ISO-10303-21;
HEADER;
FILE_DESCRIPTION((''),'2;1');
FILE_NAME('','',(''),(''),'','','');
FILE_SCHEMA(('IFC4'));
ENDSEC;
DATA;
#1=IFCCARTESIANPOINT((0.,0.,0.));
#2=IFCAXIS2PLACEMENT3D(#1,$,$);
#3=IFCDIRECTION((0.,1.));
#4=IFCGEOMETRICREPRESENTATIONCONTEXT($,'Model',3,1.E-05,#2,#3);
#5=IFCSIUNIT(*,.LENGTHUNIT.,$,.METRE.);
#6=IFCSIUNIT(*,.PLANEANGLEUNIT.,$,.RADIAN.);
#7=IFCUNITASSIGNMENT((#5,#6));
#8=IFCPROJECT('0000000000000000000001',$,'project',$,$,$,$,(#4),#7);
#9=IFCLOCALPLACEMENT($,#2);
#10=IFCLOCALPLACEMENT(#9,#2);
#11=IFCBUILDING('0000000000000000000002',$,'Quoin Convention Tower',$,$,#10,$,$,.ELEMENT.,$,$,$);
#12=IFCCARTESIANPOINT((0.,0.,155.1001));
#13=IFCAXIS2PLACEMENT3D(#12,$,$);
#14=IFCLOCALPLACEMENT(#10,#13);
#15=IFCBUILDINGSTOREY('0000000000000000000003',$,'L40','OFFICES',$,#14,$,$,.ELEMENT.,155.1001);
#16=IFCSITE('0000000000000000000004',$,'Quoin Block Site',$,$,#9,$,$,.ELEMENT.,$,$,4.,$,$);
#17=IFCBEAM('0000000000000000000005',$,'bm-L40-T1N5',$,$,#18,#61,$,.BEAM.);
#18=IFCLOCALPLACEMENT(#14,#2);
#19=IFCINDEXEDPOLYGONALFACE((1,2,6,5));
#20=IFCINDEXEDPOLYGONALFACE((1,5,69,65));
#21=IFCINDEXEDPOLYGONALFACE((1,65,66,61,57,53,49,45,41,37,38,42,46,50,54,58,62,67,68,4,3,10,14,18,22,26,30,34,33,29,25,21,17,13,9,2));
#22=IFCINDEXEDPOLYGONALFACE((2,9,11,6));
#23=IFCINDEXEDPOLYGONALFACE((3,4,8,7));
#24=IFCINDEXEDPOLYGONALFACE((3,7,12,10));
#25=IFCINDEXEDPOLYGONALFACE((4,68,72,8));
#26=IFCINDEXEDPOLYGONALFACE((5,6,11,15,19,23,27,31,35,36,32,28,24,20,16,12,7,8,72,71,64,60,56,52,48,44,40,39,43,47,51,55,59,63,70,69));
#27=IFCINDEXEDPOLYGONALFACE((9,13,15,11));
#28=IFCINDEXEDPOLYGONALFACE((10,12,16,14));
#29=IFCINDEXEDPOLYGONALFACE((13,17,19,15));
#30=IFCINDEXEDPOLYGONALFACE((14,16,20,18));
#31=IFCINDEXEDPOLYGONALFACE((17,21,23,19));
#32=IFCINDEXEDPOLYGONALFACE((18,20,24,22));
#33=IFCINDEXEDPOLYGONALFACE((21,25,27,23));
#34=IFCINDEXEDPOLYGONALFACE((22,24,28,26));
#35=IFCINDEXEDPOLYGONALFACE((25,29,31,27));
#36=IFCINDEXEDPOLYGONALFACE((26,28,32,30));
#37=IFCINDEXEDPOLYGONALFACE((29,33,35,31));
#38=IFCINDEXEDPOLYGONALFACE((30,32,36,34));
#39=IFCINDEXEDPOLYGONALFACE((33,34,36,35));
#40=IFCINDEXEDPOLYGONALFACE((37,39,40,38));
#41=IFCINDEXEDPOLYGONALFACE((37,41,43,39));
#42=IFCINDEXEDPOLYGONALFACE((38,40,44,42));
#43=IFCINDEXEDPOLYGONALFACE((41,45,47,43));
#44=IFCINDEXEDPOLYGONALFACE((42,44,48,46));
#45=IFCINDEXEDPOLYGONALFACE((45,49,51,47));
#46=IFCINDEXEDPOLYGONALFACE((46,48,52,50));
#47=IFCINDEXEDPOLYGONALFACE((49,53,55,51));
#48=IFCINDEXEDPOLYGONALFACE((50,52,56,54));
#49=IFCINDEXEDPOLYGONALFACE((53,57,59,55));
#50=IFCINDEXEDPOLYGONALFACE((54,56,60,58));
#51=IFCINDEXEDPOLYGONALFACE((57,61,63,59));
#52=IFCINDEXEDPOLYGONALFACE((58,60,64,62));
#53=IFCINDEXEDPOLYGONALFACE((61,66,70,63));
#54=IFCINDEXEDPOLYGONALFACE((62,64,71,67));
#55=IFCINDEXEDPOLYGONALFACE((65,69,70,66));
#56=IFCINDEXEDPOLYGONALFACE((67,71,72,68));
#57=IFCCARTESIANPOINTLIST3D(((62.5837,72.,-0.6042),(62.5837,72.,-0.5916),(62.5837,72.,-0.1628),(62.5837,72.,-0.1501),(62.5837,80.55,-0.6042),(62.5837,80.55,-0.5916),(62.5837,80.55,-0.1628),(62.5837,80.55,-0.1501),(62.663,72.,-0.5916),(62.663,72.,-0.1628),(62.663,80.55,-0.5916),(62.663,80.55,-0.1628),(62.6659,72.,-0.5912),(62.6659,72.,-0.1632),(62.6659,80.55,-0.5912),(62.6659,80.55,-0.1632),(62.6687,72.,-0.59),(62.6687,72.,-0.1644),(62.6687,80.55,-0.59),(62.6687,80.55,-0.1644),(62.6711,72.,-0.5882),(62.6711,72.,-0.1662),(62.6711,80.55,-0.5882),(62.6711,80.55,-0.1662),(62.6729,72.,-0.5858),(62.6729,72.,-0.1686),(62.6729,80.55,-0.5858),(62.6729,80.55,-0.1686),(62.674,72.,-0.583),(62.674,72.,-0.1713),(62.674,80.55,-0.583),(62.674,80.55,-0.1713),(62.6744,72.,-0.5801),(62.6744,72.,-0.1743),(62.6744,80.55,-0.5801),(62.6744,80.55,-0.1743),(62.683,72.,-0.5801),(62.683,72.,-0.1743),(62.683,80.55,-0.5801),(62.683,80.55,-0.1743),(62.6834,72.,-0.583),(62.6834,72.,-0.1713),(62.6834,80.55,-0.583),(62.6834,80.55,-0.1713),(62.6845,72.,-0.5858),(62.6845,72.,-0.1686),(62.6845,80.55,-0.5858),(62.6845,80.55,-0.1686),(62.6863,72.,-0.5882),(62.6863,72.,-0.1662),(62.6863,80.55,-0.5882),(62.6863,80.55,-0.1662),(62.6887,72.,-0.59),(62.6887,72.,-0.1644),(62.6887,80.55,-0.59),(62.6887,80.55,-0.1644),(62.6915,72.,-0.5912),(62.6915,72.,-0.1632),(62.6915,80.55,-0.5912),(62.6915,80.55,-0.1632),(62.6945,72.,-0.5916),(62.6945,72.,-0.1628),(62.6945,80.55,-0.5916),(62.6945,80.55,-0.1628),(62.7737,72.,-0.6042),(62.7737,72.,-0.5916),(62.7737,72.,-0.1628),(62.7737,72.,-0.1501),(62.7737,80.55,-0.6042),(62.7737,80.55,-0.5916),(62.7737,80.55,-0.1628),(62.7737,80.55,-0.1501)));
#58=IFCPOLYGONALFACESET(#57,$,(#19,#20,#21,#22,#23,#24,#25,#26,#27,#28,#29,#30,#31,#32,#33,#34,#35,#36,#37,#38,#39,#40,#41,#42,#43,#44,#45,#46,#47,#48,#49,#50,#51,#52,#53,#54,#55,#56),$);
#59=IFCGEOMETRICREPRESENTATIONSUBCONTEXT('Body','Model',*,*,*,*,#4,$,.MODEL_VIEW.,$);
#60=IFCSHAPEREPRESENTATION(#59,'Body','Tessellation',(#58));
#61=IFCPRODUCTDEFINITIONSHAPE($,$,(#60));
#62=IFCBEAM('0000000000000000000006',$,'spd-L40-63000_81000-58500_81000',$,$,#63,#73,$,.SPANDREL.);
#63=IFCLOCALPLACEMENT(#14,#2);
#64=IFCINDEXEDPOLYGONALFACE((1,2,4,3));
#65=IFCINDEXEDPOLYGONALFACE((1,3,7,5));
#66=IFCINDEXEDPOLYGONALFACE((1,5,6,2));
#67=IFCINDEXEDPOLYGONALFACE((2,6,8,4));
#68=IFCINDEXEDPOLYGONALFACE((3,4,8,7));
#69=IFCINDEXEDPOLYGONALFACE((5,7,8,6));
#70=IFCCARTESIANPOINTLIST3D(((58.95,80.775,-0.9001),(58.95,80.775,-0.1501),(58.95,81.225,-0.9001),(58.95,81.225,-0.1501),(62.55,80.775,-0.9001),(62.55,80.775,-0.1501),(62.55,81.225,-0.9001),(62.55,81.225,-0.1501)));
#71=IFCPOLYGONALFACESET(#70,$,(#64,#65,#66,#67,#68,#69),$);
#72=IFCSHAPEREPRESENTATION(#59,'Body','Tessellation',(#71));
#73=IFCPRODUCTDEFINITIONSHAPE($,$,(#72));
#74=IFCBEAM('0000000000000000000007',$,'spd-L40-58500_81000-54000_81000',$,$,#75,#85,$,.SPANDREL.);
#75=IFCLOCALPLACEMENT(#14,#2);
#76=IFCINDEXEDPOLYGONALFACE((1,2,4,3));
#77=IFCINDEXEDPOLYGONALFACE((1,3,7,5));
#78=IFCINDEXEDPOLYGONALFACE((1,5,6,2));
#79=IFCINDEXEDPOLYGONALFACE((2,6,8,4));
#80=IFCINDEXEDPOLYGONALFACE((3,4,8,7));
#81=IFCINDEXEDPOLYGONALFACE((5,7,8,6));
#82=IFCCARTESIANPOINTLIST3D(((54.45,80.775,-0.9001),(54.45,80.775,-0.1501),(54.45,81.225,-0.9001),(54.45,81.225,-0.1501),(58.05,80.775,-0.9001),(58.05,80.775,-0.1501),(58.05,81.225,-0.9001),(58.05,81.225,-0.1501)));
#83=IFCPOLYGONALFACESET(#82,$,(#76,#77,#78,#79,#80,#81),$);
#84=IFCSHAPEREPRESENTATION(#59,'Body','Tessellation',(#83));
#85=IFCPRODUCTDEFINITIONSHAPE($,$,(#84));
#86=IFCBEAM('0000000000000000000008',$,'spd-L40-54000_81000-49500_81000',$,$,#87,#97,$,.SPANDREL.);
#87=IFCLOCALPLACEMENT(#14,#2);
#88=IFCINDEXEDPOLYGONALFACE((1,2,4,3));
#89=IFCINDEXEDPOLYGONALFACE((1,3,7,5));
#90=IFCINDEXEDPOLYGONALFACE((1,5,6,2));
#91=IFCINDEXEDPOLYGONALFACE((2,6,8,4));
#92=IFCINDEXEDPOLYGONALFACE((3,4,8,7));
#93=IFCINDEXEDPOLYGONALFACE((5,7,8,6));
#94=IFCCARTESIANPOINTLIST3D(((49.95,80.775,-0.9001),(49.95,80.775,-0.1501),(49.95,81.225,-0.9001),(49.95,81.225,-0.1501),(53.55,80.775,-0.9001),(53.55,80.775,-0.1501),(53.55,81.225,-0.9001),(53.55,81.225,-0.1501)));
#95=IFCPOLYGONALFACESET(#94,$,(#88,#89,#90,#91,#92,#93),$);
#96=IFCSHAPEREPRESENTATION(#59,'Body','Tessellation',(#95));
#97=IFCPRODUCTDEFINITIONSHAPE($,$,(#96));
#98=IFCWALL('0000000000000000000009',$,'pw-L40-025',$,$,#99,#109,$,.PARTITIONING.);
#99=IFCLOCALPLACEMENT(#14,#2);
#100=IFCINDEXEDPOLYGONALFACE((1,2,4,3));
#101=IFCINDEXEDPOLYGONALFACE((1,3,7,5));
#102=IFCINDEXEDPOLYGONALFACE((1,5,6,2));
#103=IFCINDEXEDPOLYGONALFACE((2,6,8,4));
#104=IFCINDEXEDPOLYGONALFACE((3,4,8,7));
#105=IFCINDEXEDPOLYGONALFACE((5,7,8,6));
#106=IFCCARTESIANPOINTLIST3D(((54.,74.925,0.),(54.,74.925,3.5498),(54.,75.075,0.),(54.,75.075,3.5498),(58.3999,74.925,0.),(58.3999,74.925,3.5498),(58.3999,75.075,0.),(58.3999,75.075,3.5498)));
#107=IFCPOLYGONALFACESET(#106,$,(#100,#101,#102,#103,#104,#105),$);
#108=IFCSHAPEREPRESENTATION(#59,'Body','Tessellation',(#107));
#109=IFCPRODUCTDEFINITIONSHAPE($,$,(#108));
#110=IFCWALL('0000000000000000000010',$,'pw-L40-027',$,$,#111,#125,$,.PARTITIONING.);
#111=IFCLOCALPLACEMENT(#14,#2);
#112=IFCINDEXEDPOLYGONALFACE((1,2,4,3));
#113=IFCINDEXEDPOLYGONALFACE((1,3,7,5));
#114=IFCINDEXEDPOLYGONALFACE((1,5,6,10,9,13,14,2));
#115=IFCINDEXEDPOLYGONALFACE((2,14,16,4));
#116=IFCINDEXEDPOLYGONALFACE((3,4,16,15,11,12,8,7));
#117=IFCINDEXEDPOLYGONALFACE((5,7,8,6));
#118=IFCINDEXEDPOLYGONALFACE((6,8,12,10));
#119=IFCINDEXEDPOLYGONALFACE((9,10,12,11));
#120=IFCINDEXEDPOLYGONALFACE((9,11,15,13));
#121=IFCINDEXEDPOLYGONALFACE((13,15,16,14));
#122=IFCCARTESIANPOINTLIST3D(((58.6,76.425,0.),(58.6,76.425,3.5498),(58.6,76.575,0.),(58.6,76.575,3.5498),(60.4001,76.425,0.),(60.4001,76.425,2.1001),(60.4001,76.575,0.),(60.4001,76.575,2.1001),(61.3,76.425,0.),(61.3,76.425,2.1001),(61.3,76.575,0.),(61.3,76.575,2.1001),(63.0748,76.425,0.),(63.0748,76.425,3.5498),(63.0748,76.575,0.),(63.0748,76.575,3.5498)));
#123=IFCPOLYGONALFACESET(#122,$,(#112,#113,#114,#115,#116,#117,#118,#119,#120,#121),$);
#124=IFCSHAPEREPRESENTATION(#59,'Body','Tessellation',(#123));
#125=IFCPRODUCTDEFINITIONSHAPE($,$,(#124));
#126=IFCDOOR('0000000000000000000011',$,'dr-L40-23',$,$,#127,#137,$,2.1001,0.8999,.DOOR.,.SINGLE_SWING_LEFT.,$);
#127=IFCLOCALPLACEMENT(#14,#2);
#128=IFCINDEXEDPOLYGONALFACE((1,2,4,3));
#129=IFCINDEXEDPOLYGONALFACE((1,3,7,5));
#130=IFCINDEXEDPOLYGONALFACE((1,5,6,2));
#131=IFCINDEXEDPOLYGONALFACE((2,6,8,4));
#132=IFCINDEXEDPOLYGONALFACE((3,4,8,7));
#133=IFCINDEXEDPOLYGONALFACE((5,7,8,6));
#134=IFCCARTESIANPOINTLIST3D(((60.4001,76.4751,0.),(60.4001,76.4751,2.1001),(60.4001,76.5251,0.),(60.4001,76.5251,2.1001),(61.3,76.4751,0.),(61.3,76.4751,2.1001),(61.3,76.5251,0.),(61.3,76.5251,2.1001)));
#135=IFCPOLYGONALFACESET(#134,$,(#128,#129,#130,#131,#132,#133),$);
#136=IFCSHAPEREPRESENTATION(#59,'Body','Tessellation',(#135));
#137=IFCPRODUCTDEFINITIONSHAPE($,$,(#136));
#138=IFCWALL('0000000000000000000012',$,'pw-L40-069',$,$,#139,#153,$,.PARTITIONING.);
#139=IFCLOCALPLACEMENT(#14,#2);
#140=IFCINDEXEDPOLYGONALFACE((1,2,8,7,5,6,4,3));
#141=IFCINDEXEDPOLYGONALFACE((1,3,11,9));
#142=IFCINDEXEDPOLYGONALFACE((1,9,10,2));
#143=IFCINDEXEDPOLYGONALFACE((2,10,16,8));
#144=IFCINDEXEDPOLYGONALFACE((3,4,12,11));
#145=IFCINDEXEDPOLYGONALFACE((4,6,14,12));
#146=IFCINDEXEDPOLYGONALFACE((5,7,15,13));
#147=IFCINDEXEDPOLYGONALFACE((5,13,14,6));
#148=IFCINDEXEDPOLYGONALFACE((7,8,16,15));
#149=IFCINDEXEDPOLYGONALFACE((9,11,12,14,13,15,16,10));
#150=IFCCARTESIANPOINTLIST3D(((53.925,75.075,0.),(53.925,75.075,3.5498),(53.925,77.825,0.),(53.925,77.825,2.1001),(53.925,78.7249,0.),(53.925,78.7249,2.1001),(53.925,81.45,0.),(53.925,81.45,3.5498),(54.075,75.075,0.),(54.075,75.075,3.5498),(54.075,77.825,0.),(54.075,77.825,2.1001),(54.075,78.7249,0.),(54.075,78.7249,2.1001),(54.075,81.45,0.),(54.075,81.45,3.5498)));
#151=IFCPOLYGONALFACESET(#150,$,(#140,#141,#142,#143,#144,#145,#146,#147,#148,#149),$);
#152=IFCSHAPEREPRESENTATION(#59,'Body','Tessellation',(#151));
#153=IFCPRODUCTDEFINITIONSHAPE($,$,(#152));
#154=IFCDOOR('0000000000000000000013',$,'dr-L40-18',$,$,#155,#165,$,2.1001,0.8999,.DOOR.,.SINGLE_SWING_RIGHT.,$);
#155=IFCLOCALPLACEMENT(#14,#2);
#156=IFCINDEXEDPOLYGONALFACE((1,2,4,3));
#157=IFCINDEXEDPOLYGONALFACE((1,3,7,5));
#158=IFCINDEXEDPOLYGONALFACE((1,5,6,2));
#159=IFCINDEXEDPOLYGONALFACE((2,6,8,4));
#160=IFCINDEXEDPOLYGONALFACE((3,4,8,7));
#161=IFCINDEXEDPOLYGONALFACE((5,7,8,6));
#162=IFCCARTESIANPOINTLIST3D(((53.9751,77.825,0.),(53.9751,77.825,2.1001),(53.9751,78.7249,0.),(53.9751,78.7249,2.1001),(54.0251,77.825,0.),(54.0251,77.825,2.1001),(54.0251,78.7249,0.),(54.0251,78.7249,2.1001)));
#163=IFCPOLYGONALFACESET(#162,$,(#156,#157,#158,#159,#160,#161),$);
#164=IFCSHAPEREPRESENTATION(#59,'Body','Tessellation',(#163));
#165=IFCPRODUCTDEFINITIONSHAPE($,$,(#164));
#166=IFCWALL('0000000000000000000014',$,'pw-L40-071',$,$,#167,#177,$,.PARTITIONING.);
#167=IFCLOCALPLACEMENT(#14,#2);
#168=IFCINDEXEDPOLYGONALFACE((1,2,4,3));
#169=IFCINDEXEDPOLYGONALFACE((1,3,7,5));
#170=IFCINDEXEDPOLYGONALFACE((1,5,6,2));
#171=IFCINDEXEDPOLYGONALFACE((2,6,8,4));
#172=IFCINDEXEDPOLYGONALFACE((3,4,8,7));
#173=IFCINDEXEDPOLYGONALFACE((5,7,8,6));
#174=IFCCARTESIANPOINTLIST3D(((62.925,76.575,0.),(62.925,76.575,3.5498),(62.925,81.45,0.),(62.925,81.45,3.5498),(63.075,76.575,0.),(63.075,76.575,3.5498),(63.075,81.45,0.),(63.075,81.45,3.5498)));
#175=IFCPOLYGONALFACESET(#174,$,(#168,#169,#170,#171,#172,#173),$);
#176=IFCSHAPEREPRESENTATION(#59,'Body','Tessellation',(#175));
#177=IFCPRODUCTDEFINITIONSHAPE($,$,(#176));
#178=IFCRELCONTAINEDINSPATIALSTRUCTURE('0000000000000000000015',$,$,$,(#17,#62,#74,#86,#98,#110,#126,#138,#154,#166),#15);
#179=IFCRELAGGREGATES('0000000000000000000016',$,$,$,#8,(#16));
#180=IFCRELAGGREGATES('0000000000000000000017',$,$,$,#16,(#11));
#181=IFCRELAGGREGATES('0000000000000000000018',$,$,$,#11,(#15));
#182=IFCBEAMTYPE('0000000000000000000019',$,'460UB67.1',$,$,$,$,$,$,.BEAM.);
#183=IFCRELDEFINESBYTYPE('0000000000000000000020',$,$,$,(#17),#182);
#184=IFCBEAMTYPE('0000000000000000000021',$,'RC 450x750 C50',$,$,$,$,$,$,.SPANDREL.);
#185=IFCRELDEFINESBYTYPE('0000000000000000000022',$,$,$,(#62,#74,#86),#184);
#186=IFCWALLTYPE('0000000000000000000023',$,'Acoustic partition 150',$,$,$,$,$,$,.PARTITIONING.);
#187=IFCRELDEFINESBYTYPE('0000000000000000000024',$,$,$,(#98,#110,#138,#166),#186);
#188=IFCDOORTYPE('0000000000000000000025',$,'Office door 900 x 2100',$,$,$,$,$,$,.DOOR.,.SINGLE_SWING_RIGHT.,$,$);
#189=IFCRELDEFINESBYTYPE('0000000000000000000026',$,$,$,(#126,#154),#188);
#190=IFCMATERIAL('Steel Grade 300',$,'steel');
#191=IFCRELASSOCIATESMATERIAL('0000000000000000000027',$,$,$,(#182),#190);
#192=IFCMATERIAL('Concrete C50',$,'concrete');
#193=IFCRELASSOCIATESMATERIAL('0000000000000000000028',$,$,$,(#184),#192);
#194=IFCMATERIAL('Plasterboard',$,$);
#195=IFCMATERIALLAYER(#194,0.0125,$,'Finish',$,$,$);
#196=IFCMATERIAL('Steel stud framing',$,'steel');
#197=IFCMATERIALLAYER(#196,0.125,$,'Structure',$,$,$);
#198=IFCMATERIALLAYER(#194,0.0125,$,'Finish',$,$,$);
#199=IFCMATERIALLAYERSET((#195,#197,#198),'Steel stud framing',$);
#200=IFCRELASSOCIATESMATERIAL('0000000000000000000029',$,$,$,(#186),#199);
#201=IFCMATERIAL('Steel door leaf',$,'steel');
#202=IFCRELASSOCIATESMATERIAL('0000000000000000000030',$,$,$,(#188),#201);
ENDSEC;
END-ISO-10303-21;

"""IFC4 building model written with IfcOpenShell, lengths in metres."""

from ifc_helpers import new_model, si_unit, direction, frame, frame_2d, origin, origin_2d, place, context, subcontext, project, spatial, rectangle, i_section, extrude, material, layer, layer_set, material_profile, profile_set, type_object, element, fill, save


model = new_model("IFC4")

# Units and contexts
model_context = context("Model", 3, precision=1e-05, world=origin(), true_north=direction((0.0, 1.0)))
body_context = subcontext(model_context, "Body", "Model", "MODEL_VIEW")
ifc_project = project(units=[si_unit("LENGTHUNIT", "METRE"), si_unit("PLANEANGLEUNIT", "RADIAN")], contexts=[model_context])

# Site, building, storey
site_placement = place(None, origin())
site = spatial("IfcSite", under=ifc_project, at=site_placement, Name="Quoin Block Site", CompositionType="ELEMENT", RefElevation=4.0)
building_placement = place(site_placement, origin())
building = spatial("IfcBuilding", under=site, at=building_placement, Name="Quoin Convention Tower", CompositionType="ELEMENT")
storey_placement = place(building_placement, frame((0.0, 0.0, 155.1001)))
storey = spatial("IfcBuildingStorey", under=building, at=storey_placement, Name="L40", Description="OFFICES", CompositionType="ELEMENT", Elevation=155.1001)

# Shared definitions
ifc_material_1 = material(Name="Concrete C50", Category="concrete")

# Beams
ifc_material_2 = material(Name="Steel Grade 300", Category="steel")
ifc_material_profile_1 = material_profile(ifc_material_2, i_section(OverallWidth=0.1899, OverallDepth=0.4541, WebThickness=0.0085, FlangeThickness=0.0127, FilletRadius=0.0115, at=origin_2d()), Name="460UB67.1")
ifc_profile_set_1 = profile_set([ifc_material_profile_1], Name="Steel Grade 300")
beam_type_1 = type_object("IfcBeamType", Name="460UB67.1", PredefinedType="BEAM", material=ifc_profile_set_1)
beam_placement = place(storey_placement, frame((62.6787, 72.0, -0.3772), z_axis=(0.0, 1.0, 0.0), x_axis=(-1.0, 0.0, 0.0)))
element("IfcBeam", 1, at=beam_placement, inside=storey, type_object=beam_type_1, Name="bm-L40-T1N5", PredefinedType="BEAM", context=body_context, shape_type="SweptSolid", body=[
    extrude(i_section(OverallWidth=0.1899, OverallDepth=0.4541, WebThickness=0.0085, FlangeThickness=0.0127, FilletRadius=0.0115, at=origin_2d()), origin(), (0.0, 0.0, 1.0), 8.55),
])
ifc_material_profile_2 = material_profile(ifc_material_1, rectangle(XDim=0.45, YDim=0.75, at=origin_2d()), Name="RC 450x750")
ifc_profile_set_2 = profile_set([ifc_material_profile_2], Name="Concrete C50")
beam_type_2 = type_object("IfcBeamType", Name="RC 450x750 C50", PredefinedType="SPANDREL", material=ifc_profile_set_2)
for number, where, z_axis, x_axis, name in (
    (2, (62.55, 81.0, -0.5251), (-1.0, 0.0, 0.0), (0.0, -1.0, 0.0), "spd-L40-63000_81000-58500_81000"),
    (3, (58.05, 81.0, -0.5251), (-1.0, 0.0, 0.0), (0.0, -1.0, 0.0), "spd-L40-58500_81000-54000_81000"),
    (4, (53.55, 81.0, -0.5251), (-1.0, 0.0, 0.0), (0.0, -1.0, 0.0), "spd-L40-54000_81000-49500_81000"),
):
    element("IfcBeam", number, at=place(storey_placement, frame(where, z_axis=z_axis, x_axis=x_axis)), inside=storey, type_object=beam_type_2, Name=name, PredefinedType="SPANDREL", context=body_context, shape_type="SweptSolid", body=[
        extrude(rectangle(XDim=0.45, YDim=0.75, at=origin_2d()), origin(), (0.0, 0.0, 1.0), 3.6001),
    ])

# Wall
ifc_material_3 = material(Name="Plasterboard")
ifc_layer_1 = layer(ifc_material_3, 0.0125, Name="Finish")
ifc_material_4 = material(Name="Steel stud framing", Category="steel")
ifc_layer_2 = layer(ifc_material_4, 0.125, Name="Structure")
ifc_layer_3 = layer(ifc_material_3, 0.0125, Name="Finish")
ifc_layer_set_1 = layer_set([ifc_layer_1, ifc_layer_2, ifc_layer_3], Name="Steel stud framing")
wall_type_1 = type_object("IfcWallType", Name="Acoustic partition 150", PredefinedType="PARTITIONING", material=ifc_layer_set_1)
wall_1_placement = place(storey_placement, frame((54.0, 75.0, 0.0), z_axis=(0.0, 0.0, 1.0), x_axis=(1.0, 0.0, 0.0)))
element("IfcWall", 5, at=wall_1_placement, inside=storey, type_object=wall_type_1, Name="pw-L40-025", PredefinedType="PARTITIONING", context=body_context, shape_type="SweptSolid", body=[
    extrude(rectangle(XDim=4.3999, YDim=0.1499, at=frame_2d((2.2, 0.0))), origin(), (0.0, 0.0, 1.0), 3.5498),
])

# Walls, openings, doors
wall_2_placement = place(storey_placement, frame((58.6001, 76.5, 0.0), z_axis=(0.0, 0.0, 1.0), x_axis=(1.0, 0.0, 0.0)))
wall_2 = element("IfcWall", 6, at=wall_2_placement, inside=storey, type_object=wall_type_1, Name="pw-L40-027", PredefinedType="PARTITIONING", context=body_context, shape_type="SweptSolid", body=[
    extrude(rectangle(XDim=4.4749, YDim=0.1499, at=frame_2d((2.2373, 0.0))), origin(), (0.0, 0.0, 1.0), 3.5498),
])
opening_1_placement = place(wall_2_placement, frame((1.8, 0.0, 0.0)))
opening_1 = element("IfcOpeningElement", 7, at=opening_1_placement, cuts=wall_2, PredefinedType="OPENING", context=body_context, shape_type="SweptSolid", body=[
    extrude(rectangle(XDim=0.8999, YDim=2.1001, at=frame_2d((0.45, 1.05))), frame((0.0, 0.085, 0.0), z_axis=(0.0, -1.0, 0.0), x_axis=(1.0, 0.0, 0.0)), (0.0, 0.0, 1.0), 0.1699),
])
ifc_material_5 = material(Name="Steel door leaf", Category="steel")
door_type = type_object("IfcDoorType", Name="Office door 900 x 2100", OperationType="SINGLE_SWING_RIGHT", PredefinedType="DOOR", material=ifc_material_5)
door_1_placement = place(opening_1_placement, frame((0.8999, 0.0, 0.0), z_axis=(0.0, 0.0, 1.0), x_axis=(-1.0, 0.0, 0.0)))
door_1 = element("IfcDoor", 8, at=door_1_placement, inside=storey, type_object=door_type, Name="dr-L40-23", OperationType="SINGLE_SWING_LEFT", OverallHeight=2.1001, OverallWidth=0.8999, PredefinedType="DOOR", context=body_context, shape_type="SweptSolid", body=[
    extrude(rectangle(XDim=0.8999, YDim=2.1001, at=frame_2d((0.45, 1.05))), frame((0.0, 0.0249, 0.0), z_axis=(0.0, -1.0, 0.0), x_axis=(1.0, 0.0, 0.0)), (0.0, 0.0, 1.0), 0.05),
])
fill(opening_1, door_1)
wall_3_placement = place(storey_placement, frame((54.0, 75.075, 0.0), z_axis=(0.0, 0.0, 1.0), x_axis=(0.0, 1.0, 0.0)))
wall_3 = element("IfcWall", 9, at=wall_3_placement, inside=storey, type_object=wall_type_1, Name="pw-L40-069", PredefinedType="PARTITIONING", context=body_context, shape_type="SweptSolid", body=[
    extrude(rectangle(XDim=6.375, YDim=0.1499, at=frame_2d((3.1875, 0.0))), origin(), (0.0, 0.0, 1.0), 3.5498),
])
opening_2_placement = place(wall_3_placement, frame((2.75, 0.0, 0.0)))
opening_2 = element("IfcOpeningElement", 10, at=opening_2_placement, cuts=wall_3, PredefinedType="OPENING", context=body_context, shape_type="SweptSolid", body=[
    extrude(rectangle(XDim=0.8999, YDim=2.1001, at=frame_2d((0.45, 1.05))), frame((0.0, 0.085, 0.0), z_axis=(0.0, -1.0, 0.0), x_axis=(1.0, 0.0, 0.0)), (0.0, 0.0, 1.0), 0.1699),
])
door_2_placement = place(opening_2_placement, origin())
door_2 = element("IfcDoor", 11, at=door_2_placement, inside=storey, type_object=door_type, Name="dr-L40-18", OperationType="SINGLE_SWING_RIGHT", OverallHeight=2.1001, OverallWidth=0.8999, PredefinedType="DOOR", context=body_context, shape_type="SweptSolid", body=[
    extrude(rectangle(XDim=0.8999, YDim=2.1001, at=frame_2d((0.45, 1.05))), frame((0.0, 0.0249, 0.0), z_axis=(0.0, -1.0, 0.0), x_axis=(1.0, 0.0, 0.0)), (0.0, 0.0, 1.0), 0.05),
])
fill(opening_2, door_2)

# Wall
wall_4_placement = place(storey_placement, frame((63.0, 76.575, 0.0), z_axis=(0.0, 0.0, 1.0), x_axis=(0.0, 1.0, 0.0)))
element("IfcWall", 12, at=wall_4_placement, inside=storey, type_object=wall_type_1, Name="pw-L40-071", PredefinedType="PARTITIONING", context=body_context, shape_type="SweptSolid", body=[
    extrude(rectangle(XDim=4.875, YDim=0.1499, at=frame_2d((2.4375, 0.0))), origin(), (0.0, 0.0, 1.0), 3.5498),
])

save(model, "model.ifc")
